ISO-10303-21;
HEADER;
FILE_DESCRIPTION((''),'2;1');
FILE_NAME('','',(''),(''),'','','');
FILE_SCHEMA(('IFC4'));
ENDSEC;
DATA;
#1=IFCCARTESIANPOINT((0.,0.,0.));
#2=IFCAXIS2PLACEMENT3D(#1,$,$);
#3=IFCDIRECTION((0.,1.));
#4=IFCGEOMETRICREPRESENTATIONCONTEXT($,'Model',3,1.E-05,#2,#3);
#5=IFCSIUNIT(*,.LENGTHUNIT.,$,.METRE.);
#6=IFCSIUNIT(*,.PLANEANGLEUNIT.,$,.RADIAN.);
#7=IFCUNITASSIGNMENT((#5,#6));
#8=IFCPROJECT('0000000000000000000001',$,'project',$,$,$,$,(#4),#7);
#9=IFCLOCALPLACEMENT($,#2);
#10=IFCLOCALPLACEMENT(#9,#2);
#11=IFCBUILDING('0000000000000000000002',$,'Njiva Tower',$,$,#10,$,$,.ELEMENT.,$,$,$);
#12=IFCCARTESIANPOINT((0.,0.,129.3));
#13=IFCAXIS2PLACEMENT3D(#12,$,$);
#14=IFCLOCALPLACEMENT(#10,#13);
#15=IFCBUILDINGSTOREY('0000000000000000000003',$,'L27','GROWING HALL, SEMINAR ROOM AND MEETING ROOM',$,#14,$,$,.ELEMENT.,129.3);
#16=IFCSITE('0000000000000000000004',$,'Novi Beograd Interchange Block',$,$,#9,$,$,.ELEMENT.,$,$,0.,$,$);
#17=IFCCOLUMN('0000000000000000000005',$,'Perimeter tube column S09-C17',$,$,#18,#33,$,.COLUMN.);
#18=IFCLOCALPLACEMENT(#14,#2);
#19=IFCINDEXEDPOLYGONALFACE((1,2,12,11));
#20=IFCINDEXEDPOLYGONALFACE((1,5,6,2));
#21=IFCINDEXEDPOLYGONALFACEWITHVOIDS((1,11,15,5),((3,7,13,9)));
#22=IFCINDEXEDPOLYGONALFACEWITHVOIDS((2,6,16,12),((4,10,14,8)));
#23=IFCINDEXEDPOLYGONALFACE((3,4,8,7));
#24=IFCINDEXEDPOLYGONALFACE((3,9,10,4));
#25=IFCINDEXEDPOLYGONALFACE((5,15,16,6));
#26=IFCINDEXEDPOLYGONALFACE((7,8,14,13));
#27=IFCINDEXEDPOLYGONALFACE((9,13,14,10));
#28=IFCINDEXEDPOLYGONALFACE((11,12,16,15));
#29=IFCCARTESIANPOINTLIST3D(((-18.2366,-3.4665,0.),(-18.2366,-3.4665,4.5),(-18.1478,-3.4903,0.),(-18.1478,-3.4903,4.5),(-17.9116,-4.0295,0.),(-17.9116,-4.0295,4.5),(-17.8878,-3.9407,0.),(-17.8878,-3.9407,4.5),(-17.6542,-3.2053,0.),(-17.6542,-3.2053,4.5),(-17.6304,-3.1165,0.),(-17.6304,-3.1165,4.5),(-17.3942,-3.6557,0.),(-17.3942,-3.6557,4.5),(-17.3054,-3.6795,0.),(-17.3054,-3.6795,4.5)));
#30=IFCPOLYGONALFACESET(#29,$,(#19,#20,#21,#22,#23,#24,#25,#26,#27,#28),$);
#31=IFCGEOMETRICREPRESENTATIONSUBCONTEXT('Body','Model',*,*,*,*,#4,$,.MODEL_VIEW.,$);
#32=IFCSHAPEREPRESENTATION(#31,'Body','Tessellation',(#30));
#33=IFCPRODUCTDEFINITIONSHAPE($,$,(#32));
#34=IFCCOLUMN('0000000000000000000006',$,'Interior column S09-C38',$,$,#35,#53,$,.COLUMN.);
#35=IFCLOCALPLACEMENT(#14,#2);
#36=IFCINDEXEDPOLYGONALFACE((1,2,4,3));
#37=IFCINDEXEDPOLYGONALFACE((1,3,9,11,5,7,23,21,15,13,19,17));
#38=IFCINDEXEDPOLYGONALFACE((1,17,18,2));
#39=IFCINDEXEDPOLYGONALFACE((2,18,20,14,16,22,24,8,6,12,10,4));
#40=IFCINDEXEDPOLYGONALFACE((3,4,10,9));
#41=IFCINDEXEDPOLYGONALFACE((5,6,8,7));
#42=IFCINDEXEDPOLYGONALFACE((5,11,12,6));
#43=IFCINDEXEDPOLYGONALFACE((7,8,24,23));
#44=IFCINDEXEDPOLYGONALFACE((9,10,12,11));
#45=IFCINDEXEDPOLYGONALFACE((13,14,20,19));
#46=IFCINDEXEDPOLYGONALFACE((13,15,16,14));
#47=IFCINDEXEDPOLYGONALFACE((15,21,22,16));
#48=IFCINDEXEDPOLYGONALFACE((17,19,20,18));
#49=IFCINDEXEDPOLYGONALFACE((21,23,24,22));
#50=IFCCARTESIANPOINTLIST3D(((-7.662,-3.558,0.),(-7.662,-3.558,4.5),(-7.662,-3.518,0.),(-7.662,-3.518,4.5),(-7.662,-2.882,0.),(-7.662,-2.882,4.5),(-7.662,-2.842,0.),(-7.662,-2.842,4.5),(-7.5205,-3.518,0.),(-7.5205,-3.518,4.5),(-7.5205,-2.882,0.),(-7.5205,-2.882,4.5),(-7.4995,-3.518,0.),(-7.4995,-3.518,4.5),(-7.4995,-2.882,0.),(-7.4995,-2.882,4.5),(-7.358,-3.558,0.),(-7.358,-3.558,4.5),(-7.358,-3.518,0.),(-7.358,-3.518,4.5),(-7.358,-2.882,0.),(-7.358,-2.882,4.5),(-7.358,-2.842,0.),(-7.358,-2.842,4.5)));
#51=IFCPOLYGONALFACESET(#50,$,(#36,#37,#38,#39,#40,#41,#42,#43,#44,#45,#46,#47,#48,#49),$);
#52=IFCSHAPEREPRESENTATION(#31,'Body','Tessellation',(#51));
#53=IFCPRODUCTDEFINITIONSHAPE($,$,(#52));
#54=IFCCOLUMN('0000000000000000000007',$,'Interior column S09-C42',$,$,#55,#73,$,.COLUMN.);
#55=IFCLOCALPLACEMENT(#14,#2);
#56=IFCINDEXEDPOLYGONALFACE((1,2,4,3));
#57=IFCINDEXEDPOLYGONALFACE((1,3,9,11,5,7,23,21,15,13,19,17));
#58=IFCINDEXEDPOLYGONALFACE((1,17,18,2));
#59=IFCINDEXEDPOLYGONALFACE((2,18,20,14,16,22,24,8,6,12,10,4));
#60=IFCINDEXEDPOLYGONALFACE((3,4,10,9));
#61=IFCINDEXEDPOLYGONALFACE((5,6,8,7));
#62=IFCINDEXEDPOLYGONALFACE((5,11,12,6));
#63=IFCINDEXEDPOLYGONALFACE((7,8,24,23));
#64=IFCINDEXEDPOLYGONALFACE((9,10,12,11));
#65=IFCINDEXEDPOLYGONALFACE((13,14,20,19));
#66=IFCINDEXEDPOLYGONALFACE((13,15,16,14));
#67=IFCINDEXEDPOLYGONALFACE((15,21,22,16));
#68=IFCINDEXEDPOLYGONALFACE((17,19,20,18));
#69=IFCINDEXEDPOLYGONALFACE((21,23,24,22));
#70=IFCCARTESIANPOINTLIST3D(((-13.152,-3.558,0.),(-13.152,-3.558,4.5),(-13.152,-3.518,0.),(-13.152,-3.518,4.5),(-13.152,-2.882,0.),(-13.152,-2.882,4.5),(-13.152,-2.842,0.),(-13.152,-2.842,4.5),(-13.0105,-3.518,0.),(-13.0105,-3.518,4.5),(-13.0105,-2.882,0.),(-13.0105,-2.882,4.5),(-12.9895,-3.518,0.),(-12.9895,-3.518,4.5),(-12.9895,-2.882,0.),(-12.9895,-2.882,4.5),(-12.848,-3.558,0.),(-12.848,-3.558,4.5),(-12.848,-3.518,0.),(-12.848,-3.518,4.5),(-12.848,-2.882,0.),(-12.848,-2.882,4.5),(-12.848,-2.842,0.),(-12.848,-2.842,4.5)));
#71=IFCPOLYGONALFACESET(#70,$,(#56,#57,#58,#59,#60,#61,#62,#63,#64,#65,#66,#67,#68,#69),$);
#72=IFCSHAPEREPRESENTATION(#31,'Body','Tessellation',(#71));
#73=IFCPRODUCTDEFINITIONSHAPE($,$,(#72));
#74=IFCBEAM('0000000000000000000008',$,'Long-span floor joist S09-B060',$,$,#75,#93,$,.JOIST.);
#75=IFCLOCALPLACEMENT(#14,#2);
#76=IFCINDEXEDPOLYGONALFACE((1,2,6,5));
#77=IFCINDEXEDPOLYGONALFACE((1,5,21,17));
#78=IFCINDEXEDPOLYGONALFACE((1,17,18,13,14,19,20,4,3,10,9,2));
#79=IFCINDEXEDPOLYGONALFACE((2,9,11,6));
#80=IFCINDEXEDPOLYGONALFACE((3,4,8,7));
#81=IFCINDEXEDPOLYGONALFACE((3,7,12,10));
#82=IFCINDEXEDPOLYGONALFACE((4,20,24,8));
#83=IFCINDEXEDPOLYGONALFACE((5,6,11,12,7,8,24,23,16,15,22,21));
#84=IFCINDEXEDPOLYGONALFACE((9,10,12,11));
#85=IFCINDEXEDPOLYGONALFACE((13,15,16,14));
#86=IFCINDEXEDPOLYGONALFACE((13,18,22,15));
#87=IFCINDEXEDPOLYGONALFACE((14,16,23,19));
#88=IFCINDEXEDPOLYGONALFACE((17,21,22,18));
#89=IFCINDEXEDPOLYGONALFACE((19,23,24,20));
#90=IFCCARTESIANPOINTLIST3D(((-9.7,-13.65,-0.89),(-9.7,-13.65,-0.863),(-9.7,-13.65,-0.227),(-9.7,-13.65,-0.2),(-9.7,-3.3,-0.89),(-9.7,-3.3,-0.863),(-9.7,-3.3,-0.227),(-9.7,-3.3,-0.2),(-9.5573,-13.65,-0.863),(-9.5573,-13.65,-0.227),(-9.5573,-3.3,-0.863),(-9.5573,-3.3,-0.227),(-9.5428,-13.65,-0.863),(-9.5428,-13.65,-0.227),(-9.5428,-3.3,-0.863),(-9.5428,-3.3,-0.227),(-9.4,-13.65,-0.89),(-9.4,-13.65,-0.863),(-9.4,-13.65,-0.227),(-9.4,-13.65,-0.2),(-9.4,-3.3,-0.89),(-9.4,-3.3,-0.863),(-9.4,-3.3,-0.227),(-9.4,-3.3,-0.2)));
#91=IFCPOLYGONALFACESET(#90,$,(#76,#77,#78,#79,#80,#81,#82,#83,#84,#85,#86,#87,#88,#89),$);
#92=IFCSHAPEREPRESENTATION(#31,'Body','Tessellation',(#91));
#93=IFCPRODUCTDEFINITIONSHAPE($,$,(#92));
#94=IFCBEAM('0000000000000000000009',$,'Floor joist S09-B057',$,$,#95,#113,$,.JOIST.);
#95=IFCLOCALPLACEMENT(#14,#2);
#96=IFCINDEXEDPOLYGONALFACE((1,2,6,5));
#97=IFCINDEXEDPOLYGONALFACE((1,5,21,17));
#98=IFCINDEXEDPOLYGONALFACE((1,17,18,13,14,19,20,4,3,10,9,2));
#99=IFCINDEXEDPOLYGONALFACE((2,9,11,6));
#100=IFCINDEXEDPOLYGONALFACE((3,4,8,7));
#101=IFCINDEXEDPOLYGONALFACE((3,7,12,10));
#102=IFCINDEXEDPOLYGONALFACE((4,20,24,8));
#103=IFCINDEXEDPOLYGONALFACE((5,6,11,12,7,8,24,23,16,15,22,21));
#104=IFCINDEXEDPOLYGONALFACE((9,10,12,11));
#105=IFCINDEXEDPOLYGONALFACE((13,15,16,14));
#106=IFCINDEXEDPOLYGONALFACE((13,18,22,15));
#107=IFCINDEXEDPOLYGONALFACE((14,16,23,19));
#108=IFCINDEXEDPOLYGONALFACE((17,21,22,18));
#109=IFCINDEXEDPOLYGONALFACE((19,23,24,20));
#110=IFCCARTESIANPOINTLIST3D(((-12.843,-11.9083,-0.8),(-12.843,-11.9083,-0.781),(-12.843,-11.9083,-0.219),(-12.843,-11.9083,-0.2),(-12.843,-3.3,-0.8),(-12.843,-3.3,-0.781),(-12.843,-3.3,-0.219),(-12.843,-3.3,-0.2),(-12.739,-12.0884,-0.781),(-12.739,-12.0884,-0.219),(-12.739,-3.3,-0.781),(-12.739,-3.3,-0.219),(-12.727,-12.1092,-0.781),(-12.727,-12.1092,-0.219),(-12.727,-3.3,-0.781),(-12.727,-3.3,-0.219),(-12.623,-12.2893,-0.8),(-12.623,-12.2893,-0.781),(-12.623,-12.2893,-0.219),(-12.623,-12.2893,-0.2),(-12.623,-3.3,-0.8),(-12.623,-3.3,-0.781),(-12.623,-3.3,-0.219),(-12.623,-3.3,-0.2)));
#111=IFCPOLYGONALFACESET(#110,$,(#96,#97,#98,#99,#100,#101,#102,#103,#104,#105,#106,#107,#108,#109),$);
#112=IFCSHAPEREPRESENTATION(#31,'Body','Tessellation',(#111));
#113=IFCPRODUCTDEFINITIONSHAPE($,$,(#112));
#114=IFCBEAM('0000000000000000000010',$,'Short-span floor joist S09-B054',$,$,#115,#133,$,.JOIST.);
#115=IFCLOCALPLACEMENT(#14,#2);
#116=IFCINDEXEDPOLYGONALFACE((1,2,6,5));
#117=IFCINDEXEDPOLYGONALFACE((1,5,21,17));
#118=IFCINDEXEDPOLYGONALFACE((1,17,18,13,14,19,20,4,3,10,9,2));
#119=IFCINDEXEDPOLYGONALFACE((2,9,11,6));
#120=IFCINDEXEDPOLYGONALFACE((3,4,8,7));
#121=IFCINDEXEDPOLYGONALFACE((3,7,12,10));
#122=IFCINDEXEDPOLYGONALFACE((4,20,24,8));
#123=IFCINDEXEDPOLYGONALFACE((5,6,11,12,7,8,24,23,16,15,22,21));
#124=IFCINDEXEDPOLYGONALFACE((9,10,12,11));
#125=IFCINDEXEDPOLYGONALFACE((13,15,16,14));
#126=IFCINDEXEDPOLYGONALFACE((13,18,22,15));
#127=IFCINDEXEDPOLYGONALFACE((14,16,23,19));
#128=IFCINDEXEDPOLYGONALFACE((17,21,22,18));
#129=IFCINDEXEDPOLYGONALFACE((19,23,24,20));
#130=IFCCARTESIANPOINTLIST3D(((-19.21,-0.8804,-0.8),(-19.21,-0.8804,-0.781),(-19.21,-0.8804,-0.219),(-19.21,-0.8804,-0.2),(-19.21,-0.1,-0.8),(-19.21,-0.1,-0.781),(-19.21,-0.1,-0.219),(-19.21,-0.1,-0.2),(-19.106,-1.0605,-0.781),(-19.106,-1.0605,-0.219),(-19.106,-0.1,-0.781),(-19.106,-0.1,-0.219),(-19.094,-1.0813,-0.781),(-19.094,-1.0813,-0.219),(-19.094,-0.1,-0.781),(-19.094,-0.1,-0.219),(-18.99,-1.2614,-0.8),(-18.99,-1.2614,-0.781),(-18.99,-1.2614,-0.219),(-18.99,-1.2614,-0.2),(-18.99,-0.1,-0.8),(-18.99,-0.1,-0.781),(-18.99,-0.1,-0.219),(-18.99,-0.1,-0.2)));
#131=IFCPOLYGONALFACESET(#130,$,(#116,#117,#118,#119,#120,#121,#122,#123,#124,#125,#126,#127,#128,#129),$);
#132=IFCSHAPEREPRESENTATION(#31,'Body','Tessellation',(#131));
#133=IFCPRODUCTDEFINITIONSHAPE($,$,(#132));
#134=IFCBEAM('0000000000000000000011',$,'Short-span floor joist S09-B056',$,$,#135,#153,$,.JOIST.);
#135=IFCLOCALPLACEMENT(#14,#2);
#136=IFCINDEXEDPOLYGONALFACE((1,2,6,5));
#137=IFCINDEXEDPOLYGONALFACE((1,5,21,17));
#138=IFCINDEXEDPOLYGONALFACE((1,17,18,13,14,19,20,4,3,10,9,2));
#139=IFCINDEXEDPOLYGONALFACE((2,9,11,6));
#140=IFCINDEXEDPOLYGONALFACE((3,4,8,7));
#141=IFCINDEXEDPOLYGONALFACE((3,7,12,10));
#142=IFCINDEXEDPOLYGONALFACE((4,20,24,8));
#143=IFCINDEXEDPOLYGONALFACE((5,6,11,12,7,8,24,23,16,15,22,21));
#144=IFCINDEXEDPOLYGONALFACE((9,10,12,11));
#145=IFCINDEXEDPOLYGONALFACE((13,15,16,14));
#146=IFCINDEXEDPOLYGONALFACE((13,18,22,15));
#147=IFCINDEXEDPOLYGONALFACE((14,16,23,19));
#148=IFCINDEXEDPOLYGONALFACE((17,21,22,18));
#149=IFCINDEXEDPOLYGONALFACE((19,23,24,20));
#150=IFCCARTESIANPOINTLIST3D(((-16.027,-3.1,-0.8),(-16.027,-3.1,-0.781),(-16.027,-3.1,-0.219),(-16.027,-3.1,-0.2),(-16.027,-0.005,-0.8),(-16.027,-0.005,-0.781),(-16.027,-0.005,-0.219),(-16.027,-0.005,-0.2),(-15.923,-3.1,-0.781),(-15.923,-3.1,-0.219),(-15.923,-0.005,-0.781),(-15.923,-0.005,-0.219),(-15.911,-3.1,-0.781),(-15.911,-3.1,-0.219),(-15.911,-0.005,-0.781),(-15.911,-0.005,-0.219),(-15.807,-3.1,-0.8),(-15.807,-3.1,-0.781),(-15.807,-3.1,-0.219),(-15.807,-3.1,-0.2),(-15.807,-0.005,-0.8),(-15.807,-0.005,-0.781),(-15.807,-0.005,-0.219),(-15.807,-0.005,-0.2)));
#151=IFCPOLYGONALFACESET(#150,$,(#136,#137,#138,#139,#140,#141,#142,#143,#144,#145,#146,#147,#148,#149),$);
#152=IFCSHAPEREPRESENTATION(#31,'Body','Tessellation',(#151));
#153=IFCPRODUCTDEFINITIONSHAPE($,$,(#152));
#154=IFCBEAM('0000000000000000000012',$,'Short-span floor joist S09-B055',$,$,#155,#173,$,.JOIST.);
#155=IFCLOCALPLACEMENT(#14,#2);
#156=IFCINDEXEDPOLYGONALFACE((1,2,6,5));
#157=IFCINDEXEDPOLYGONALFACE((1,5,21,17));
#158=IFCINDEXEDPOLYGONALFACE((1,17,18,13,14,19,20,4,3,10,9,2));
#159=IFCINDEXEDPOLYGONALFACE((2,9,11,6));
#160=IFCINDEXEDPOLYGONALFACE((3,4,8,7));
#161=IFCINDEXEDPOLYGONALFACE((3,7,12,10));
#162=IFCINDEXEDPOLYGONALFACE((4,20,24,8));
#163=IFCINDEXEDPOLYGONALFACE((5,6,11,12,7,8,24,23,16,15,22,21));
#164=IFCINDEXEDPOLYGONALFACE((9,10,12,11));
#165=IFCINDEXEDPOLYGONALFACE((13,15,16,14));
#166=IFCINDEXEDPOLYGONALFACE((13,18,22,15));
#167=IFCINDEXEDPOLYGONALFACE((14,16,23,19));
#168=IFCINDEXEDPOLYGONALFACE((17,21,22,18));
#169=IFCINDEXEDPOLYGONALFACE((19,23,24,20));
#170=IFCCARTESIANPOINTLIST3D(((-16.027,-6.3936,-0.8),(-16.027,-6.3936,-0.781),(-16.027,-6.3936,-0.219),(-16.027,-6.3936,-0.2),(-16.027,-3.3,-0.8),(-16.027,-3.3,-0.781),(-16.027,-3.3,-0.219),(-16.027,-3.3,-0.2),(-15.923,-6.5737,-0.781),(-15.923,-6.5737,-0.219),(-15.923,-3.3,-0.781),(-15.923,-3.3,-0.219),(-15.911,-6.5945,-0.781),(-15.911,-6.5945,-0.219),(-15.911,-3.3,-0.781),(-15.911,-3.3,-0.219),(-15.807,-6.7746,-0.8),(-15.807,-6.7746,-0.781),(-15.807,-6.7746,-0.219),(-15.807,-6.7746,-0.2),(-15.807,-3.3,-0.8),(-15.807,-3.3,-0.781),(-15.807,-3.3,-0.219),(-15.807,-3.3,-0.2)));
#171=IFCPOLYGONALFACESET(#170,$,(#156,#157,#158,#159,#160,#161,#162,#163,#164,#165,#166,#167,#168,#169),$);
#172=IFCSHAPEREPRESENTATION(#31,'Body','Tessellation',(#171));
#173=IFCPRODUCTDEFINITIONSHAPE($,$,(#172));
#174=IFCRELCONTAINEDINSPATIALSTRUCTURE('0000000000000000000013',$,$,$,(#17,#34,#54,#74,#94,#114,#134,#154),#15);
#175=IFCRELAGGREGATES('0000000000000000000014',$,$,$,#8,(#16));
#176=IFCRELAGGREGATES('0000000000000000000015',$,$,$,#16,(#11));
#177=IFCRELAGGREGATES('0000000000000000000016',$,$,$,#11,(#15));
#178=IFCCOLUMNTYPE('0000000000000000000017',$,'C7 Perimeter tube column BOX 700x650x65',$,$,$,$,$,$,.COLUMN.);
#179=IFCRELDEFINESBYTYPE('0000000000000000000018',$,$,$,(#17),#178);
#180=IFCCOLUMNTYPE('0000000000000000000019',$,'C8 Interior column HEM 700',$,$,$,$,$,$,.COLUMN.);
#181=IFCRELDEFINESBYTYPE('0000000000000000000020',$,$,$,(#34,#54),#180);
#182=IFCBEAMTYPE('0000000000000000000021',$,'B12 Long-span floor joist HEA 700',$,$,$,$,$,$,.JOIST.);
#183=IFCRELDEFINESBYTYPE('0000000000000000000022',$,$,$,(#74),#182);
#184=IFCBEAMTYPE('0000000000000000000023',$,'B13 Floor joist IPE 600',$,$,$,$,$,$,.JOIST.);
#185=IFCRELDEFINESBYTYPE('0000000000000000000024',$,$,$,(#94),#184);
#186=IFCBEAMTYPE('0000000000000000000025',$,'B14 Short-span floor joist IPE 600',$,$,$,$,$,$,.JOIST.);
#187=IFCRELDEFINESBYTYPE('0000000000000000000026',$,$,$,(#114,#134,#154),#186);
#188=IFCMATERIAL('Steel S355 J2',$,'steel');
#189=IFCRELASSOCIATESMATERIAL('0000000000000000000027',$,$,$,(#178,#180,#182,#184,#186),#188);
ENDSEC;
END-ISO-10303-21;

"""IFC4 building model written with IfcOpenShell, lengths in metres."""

from ifc_helpers import new_model, si_unit, direction, frame, origin, origin_2d, place, context, subcontext, project, spatial, hollow_rectangle, i_section, extrude, clip, halfspace, material, material_profile, profile_set, type_object, element, save


model = new_model("IFC4")

# Units and contexts
model_context = context("Model", 3, precision=1e-05, world=origin(), true_north=direction((0.0, 1.0)))
body_context = subcontext(model_context, "Body", "Model", "MODEL_VIEW")
ifc_project = project(units=[si_unit("LENGTHUNIT", "METRE"), si_unit("PLANEANGLEUNIT", "RADIAN")], contexts=[model_context])

# Site, building, storey
site_placement = place(None, origin())
site = spatial("IfcSite", under=ifc_project, at=site_placement, Name="Novi Beograd Interchange Block", CompositionType="ELEMENT", RefElevation=0.0)
building_placement = place(site_placement, origin())
building = spatial("IfcBuilding", under=site, at=building_placement, Name="Njiva Tower", CompositionType="ELEMENT")
storey_placement = place(building_placement, frame((0.0, 0.0, 129.3)))
storey = spatial("IfcBuildingStorey", under=building, at=storey_placement, Name="L27", Description="GROWING HALL, SEMINAR ROOM AND MEETING ROOM", CompositionType="ELEMENT", Elevation=129.3)

# Columns
ifc_material_1 = material(Name="Steel S355 J2", Category="steel")
ifc_material_profile_1 = material_profile(ifc_material_1, hollow_rectangle(XDim=0.65, YDim=0.7, WallThickness=0.065, at=origin_2d()), Name="BOX 700x650x65")
ifc_profile_set_1 = profile_set([ifc_material_profile_1], Name="Steel S355 J2")
column_type_1 = type_object("IfcColumnType", Name="C7 Perimeter tube column BOX 700x650x65", PredefinedType="COLUMN", material=ifc_profile_set_1)
column_placement = place(storey_placement, frame((-17.771, -3.573, 0.0), z_axis=(0.0, 0.0, 1.0), x_axis=(0.5, -0.866025, 0.0)))
element("IfcColumn", 1, at=column_placement, inside=storey, type_object=column_type_1, Name="Perimeter tube column S09-C17", PredefinedType="COLUMN", context=body_context, shape_type="SweptSolid", body=[
    extrude(hollow_rectangle(XDim=0.65, YDim=0.7, WallThickness=0.065, at=origin_2d()), origin(), (0.0, 0.0, 1.0), 4.5),
])
ifc_material_profile_2 = material_profile(ifc_material_1, i_section(OverallWidth=0.304, OverallDepth=0.716, WebThickness=0.021, FlangeThickness=0.04, at=origin_2d()), Name="HEM 700")
ifc_profile_set_2 = profile_set([ifc_material_profile_2], Name="Steel S355 J2")
column_type_2 = type_object("IfcColumnType", Name="C8 Interior column HEM 700", PredefinedType="COLUMN", material=ifc_profile_set_2)
for number, where, z_axis, x_axis, name in (
    (2, (-7.51, -3.2, 0.0), (0.0, 0.0, 1.0), (1.0, 0.0, 0.0), "Interior column S09-C38"),
    (3, (-13.0, -3.2, 0.0), (0.0, 0.0, 1.0), (1.0, 0.0, 0.0), "Interior column S09-C42"),
):
    element("IfcColumn", number, at=place(storey_placement, frame(where, z_axis=z_axis, x_axis=x_axis)), inside=storey, type_object=column_type_2, Name=name, PredefinedType="COLUMN", context=body_context, shape_type="SweptSolid", body=[
        extrude(i_section(OverallWidth=0.304, OverallDepth=0.716, WebThickness=0.021, FlangeThickness=0.04, at=origin_2d()), origin(), (0.0, 0.0, 1.0), 4.5),
    ])

# Beams
ifc_material_profile_3 = material_profile(ifc_material_1, i_section(OverallWidth=0.3, OverallDepth=0.69, WebThickness=0.0145, FlangeThickness=0.027, at=origin_2d()), Name="HEA 700")
ifc_profile_set_3 = profile_set([ifc_material_profile_3], Name="Steel S355 J2")
beam_type_1 = type_object("IfcBeamType", Name="B12 Long-span floor joist HEA 700", PredefinedType="JOIST", material=ifc_profile_set_3)
beam_1_placement = place(storey_placement, frame((-9.55, -3.3, -0.545), z_axis=(0.0, -1.0, 0.0), x_axis=(1.0, 0.0, 0.0)))
element("IfcBeam", 4, at=beam_1_placement, inside=storey, type_object=beam_type_1, Name="Long-span floor joist S09-B060", PredefinedType="JOIST", context=body_context, shape_type="SweptSolid", body=[
    extrude(i_section(OverallWidth=0.3, OverallDepth=0.69, WebThickness=0.0145, FlangeThickness=0.027, at=origin_2d()), origin(), (0.0, 0.0, 1.0), 10.35),
])
ifc_material_profile_4 = material_profile(ifc_material_1, i_section(OverallWidth=0.22, OverallDepth=0.6, WebThickness=0.012, FlangeThickness=0.019, at=origin_2d()), Name="IPE 600")
ifc_profile_set_4 = profile_set([ifc_material_profile_4], Name="Steel S355 J2")
beam_type_2 = type_object("IfcBeamType", Name="B13 Floor joist IPE 600", PredefinedType="JOIST", material=ifc_profile_set_4)
beam_2_placement = place(storey_placement, frame((-12.733, -3.3, -0.5), z_axis=(0.0, -1.0, 0.0), x_axis=(1.0, 0.0, 0.0)))
element("IfcBeam", 5, at=beam_2_placement, inside=storey, type_object=beam_type_2, Name="Floor joist S09-B057", PredefinedType="JOIST", context=body_context, shape_type="Clipping", body=[
    clip(extrude(i_section(OverallWidth=0.22, OverallDepth=0.6, WebThickness=0.012, FlangeThickness=0.019, at=origin_2d()), origin(), (0.0, 0.0, 1.0), 9.009), halfspace(frame((-0.0436, 0.0, 8.7233), z_axis=(-0.866027, 0.0, 0.499998), x_axis=(0.0, 1.0, 0.0)), False)),
])
ifc_material_profile_5 = material_profile(ifc_material_1, i_section(OverallWidth=0.22, OverallDepth=0.6, WebThickness=0.012, FlangeThickness=0.019, at=origin_2d()), Name="IPE 600")
ifc_profile_set_5 = profile_set([ifc_material_profile_5], Name="Steel S355 J2")
beam_type_3 = type_object("IfcBeamType", Name="B14 Short-span floor joist IPE 600", PredefinedType="JOIST", material=ifc_profile_set_5)
beam_3_placement = place(storey_placement, frame((-19.1, -0.1, -0.5), z_axis=(0.0, -1.0, 0.0), x_axis=(1.0, 0.0, 0.0)))
element("IfcBeam", 6, at=beam_3_placement, inside=storey, type_object=beam_type_3, Name="Short-span floor joist S09-B054", PredefinedType="JOIST", context=body_context, shape_type="Clipping", body=[
    clip(extrude(i_section(OverallWidth=0.22, OverallDepth=0.6, WebThickness=0.012, FlangeThickness=0.019, at=origin_2d()), origin(), (0.0, 0.0, 1.0), 1.182), halfspace(frame((-0.0433, 0.0, 0.8959), z_axis=(-0.866027, 0.0, 0.499998), x_axis=(0.0, 1.0, 0.0)), False)),
])
beam_4_placement = place(storey_placement, frame((-15.917, -0.005, -0.5), z_axis=(0.0, -1.0, 0.0), x_axis=(1.0, 0.0, 0.0)))
element("IfcBeam", 7, at=beam_4_placement, inside=storey, type_object=beam_type_3, Name="Short-span floor joist S09-B056", PredefinedType="JOIST", context=body_context, shape_type="SweptSolid", body=[
    extrude(i_section(OverallWidth=0.22, OverallDepth=0.6, WebThickness=0.012, FlangeThickness=0.019, at=origin_2d()), origin(), (0.0, 0.0, 1.0), 3.095),
])
beam_5_placement = place(storey_placement, frame((-15.917, -3.3, -0.5), z_axis=(0.0, -1.0, 0.0), x_axis=(1.0, 0.0, 0.0)))
element("IfcBeam", 8, at=beam_5_placement, inside=storey, type_object=beam_type_3, Name="Short-span floor joist S09-B055", PredefinedType="JOIST", context=body_context, shape_type="Clipping", body=[
    clip(extrude(i_section(OverallWidth=0.22, OverallDepth=0.6, WebThickness=0.012, FlangeThickness=0.019, at=origin_2d()), origin(), (0.0, 0.0, 1.0), 3.496), halfspace(frame((-0.043, 0.0, 3.2096), z_axis=(-0.866027, 0.0, 0.499998), x_axis=(0.0, 1.0, 0.0)), False)),
])

save(model, "model.ifc")
